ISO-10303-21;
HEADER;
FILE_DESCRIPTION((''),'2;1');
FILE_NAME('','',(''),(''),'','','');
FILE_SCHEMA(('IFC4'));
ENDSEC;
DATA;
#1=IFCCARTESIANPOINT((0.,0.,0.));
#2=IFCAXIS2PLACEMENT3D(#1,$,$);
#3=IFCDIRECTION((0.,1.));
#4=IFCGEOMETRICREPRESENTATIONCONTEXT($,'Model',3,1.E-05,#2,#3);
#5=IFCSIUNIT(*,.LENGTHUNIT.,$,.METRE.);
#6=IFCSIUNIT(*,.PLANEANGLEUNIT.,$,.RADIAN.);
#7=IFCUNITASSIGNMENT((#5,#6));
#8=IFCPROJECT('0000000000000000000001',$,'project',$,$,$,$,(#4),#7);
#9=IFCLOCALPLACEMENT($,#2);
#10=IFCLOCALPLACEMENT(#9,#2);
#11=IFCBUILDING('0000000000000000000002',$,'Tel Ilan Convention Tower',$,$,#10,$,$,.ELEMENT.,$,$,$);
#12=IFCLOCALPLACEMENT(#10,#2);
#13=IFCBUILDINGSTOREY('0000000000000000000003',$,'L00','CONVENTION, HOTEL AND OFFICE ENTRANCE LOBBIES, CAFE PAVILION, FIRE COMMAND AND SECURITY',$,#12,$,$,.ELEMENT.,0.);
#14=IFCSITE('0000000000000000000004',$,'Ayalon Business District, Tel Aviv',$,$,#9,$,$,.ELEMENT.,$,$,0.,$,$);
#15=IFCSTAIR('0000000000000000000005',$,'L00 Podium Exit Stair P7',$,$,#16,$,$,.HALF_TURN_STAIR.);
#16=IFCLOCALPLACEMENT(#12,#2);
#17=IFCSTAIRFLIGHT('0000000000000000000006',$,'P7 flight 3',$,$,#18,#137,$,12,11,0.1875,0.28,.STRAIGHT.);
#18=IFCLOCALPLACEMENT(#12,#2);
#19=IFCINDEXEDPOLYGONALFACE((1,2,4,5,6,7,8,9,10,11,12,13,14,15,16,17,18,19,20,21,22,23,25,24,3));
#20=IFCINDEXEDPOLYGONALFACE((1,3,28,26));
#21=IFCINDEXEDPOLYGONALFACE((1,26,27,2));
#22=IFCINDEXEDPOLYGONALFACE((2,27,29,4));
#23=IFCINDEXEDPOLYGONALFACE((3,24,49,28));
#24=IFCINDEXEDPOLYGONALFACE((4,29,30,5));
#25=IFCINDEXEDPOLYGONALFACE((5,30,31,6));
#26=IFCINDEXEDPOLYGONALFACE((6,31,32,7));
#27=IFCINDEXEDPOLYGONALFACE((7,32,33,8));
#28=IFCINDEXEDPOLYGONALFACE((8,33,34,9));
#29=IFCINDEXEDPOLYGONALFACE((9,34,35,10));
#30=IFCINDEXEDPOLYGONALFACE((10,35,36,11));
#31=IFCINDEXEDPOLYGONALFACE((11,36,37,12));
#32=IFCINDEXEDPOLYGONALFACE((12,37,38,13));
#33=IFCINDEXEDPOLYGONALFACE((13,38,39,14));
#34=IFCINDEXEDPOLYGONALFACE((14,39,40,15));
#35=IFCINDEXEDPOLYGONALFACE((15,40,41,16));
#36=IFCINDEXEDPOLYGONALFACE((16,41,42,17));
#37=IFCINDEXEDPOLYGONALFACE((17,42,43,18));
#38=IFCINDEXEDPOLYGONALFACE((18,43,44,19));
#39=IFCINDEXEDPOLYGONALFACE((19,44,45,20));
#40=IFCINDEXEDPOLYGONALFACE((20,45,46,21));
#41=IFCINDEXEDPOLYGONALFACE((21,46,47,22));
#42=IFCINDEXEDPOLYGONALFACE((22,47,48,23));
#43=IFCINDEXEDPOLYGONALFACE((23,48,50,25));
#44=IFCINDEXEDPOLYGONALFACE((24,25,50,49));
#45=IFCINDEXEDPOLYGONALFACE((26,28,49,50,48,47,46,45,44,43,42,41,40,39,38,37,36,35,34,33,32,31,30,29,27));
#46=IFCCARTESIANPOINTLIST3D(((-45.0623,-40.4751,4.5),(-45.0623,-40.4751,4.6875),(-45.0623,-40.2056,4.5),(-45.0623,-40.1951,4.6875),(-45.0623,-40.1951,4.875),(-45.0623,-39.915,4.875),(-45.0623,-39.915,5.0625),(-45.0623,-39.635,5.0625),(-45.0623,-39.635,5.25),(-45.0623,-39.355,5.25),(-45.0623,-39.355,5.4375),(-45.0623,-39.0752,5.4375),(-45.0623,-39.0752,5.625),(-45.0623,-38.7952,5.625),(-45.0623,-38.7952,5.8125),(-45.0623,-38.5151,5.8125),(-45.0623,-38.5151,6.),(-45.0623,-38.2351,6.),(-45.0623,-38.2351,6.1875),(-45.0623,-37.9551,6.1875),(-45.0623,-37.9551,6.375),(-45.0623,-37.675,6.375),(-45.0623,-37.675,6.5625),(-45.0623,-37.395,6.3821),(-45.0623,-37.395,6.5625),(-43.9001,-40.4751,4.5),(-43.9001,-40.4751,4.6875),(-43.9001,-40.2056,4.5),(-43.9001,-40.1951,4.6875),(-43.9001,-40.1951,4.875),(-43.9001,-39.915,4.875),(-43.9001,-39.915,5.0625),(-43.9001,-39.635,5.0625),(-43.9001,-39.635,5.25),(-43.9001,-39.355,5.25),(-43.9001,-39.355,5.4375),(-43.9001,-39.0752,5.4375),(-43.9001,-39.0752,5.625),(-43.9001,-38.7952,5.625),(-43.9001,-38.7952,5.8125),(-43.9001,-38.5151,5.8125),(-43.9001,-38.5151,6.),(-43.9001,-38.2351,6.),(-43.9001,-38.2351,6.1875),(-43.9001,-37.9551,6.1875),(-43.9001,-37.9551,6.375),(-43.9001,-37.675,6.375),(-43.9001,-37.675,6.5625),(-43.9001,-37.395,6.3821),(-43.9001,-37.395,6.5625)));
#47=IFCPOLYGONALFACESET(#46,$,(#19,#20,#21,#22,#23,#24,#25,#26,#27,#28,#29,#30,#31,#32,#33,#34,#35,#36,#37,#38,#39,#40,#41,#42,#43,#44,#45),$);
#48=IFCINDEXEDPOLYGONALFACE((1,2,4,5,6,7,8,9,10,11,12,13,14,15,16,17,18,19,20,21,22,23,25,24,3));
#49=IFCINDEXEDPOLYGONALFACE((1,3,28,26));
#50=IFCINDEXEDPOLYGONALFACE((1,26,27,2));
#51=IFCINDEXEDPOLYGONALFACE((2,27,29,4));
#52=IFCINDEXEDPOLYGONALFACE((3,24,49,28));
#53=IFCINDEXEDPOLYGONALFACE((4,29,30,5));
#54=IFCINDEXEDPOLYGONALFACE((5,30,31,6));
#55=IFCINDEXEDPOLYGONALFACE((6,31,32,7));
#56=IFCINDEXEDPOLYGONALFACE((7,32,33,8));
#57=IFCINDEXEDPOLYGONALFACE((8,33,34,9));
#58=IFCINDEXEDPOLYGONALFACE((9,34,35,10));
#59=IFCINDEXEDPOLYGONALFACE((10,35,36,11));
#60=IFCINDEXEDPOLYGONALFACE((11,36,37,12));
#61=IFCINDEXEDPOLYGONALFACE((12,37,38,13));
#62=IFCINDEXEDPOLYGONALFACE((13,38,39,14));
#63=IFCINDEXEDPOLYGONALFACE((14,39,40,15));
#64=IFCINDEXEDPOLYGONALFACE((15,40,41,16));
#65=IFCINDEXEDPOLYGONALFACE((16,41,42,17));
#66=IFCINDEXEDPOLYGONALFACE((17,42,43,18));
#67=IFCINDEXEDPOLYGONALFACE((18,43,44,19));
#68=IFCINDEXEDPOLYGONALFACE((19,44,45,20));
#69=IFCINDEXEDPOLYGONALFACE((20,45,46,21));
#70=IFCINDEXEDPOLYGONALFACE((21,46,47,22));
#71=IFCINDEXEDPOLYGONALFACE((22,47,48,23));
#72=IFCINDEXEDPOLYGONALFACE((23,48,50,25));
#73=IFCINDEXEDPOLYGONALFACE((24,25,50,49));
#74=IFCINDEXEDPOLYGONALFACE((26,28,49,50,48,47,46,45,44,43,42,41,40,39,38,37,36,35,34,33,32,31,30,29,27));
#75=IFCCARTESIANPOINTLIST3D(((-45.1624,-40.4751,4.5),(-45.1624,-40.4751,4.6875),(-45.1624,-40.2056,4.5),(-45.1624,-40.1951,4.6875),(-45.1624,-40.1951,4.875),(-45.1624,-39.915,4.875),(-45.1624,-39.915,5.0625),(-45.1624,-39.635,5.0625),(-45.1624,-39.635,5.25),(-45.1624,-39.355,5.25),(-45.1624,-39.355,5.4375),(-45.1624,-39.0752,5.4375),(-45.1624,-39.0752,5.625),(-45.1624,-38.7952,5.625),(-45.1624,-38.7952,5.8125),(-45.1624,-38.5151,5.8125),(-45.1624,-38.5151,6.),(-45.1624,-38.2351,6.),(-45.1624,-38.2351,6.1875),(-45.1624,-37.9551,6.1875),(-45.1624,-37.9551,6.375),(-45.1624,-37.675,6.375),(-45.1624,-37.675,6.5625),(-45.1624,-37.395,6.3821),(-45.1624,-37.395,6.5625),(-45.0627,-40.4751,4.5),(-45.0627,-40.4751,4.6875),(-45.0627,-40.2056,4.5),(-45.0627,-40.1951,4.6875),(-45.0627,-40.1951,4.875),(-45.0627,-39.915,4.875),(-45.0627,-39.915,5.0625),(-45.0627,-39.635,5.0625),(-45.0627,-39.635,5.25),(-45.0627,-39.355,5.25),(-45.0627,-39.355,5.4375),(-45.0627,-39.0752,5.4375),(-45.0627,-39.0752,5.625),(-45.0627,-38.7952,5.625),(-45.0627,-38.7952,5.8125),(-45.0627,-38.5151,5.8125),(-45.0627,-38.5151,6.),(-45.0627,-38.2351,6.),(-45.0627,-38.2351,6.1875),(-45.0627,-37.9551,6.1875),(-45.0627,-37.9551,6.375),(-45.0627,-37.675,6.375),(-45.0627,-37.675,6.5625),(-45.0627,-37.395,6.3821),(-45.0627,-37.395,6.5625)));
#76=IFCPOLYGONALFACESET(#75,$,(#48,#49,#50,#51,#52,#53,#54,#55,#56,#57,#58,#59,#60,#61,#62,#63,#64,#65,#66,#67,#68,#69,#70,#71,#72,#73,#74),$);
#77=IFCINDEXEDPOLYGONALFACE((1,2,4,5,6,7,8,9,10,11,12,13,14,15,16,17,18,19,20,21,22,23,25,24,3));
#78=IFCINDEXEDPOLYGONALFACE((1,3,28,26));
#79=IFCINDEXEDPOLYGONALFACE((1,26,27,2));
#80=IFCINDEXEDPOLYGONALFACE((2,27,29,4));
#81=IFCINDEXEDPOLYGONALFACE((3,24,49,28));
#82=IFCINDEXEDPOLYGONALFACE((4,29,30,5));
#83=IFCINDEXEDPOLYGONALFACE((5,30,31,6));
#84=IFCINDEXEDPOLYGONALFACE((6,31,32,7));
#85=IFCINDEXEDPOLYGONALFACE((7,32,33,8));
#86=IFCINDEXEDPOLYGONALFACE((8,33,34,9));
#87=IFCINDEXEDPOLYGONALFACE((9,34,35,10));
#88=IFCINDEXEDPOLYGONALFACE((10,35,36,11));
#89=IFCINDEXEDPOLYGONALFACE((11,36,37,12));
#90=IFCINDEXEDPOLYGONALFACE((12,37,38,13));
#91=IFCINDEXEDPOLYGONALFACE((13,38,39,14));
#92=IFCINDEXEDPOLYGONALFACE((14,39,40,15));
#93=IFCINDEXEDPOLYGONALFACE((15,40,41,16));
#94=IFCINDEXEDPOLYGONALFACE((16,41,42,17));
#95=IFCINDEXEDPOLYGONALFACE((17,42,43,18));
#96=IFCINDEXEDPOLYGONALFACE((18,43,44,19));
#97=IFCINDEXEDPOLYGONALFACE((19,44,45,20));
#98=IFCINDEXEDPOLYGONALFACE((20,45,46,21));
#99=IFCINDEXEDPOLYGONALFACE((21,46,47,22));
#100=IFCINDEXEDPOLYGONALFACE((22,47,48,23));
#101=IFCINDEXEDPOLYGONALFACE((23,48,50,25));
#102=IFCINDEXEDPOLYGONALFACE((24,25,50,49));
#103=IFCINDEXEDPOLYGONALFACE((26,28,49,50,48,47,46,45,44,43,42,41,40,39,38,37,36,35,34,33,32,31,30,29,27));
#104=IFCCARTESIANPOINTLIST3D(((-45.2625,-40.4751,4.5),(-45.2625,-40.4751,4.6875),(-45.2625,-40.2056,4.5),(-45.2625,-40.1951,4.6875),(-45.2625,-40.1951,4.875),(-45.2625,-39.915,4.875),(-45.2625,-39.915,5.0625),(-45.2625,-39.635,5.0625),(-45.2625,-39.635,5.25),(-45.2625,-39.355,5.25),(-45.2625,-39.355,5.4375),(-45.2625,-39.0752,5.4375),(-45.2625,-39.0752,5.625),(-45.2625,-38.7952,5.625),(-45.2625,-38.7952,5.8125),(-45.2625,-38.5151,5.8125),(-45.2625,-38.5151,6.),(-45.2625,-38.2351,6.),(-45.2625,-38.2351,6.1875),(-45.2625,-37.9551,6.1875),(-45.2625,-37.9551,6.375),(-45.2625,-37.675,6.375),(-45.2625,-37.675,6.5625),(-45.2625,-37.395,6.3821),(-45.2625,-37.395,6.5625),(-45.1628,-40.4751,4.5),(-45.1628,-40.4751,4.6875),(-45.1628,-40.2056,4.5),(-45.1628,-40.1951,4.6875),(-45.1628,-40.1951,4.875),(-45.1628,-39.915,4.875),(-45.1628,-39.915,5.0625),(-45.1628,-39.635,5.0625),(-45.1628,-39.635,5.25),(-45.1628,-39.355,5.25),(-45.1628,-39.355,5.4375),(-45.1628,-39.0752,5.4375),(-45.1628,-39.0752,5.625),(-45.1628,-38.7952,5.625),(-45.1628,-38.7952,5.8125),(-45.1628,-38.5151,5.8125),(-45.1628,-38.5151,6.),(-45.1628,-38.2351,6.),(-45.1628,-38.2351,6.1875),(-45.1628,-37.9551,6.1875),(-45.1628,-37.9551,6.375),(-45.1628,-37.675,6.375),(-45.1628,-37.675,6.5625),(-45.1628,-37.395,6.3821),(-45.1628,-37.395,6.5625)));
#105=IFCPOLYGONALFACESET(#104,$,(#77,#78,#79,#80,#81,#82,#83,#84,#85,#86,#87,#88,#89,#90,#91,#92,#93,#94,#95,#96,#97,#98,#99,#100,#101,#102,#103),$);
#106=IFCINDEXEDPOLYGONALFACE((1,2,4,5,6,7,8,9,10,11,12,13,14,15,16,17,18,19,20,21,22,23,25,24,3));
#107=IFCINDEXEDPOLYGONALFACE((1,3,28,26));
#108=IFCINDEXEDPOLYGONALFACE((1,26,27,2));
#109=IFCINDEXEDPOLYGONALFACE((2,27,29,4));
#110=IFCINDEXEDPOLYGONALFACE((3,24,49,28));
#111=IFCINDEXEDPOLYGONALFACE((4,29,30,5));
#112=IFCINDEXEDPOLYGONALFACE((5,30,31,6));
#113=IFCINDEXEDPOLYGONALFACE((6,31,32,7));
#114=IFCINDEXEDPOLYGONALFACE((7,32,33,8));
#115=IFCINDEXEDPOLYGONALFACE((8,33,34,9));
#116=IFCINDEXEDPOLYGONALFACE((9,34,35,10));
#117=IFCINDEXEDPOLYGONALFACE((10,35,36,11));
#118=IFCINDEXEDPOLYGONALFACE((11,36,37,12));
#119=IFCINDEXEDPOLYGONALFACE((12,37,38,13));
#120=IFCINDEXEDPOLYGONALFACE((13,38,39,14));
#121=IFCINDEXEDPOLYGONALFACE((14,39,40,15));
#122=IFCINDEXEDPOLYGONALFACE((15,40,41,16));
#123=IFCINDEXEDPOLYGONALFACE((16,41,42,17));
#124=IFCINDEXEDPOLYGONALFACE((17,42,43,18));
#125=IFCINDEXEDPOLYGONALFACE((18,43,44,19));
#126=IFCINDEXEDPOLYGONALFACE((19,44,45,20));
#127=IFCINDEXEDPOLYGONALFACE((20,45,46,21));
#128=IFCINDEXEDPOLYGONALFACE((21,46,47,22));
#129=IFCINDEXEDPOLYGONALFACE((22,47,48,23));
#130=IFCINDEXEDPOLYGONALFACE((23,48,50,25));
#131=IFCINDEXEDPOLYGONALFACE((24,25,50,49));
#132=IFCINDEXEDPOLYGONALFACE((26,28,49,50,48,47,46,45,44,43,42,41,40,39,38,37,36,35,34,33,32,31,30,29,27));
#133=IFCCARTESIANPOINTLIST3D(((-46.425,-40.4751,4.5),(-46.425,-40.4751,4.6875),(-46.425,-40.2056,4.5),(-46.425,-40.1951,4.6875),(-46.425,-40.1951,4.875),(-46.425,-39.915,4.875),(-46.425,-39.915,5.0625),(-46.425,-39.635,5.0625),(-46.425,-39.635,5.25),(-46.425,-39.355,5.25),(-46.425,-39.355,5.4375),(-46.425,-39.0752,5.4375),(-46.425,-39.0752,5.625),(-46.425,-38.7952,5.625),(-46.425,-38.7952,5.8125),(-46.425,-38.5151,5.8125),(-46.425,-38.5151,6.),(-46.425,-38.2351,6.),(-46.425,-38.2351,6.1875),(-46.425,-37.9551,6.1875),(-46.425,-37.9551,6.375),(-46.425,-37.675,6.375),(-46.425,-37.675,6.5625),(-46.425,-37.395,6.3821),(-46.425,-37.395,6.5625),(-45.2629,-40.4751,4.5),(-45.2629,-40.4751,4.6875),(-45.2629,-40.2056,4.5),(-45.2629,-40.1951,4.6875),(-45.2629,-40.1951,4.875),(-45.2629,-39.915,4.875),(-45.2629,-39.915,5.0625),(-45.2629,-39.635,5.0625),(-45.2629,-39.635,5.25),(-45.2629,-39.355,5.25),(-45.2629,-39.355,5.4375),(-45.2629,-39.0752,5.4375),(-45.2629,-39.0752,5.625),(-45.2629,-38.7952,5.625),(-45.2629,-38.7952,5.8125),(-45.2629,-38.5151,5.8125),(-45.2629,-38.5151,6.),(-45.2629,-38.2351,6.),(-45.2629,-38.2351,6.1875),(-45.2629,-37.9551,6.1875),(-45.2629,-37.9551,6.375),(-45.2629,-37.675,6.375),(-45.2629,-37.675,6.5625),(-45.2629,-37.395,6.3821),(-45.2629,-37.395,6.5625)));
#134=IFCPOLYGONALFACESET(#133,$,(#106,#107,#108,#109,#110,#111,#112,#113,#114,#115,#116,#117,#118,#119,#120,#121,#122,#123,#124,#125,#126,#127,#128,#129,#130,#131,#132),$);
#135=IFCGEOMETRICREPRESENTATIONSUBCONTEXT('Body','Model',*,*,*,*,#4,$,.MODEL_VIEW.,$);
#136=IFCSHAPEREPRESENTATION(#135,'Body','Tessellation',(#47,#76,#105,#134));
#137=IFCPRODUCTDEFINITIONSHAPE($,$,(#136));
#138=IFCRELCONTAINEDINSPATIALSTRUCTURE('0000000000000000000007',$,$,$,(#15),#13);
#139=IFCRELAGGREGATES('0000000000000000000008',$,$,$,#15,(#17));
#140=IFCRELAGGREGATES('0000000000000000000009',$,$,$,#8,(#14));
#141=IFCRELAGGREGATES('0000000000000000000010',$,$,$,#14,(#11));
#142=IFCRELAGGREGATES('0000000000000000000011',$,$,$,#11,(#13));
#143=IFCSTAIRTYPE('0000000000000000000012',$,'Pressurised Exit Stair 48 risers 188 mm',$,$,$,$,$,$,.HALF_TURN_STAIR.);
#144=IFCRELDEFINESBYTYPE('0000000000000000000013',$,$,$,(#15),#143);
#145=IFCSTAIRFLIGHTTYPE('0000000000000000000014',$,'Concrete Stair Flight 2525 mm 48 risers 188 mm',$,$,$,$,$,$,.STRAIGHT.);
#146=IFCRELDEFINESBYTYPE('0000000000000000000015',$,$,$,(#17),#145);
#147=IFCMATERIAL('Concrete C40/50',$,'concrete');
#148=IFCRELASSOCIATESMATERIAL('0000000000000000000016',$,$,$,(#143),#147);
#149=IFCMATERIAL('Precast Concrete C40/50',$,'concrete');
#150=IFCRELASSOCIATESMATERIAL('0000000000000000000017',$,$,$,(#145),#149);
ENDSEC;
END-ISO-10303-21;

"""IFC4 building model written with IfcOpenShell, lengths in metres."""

from ifc_helpers import new_model, si_unit, direction, frame, origin, place, context, subcontext, project, spatial, polyline, outline, extrude, material, type_object, element, aggregate, save


model = new_model("IFC4")

# Units and contexts
model_context = context("Model", 3, precision=1e-05, world=origin(), true_north=direction((0.0, 1.0)))
body_context = subcontext(model_context, "Body", "Model", "MODEL_VIEW")
ifc_project = project(units=[si_unit("LENGTHUNIT", "METRE"), si_unit("PLANEANGLEUNIT", "RADIAN")], contexts=[model_context])

# Site, building, storey
site_placement = place(None, origin())
site = spatial("IfcSite", under=ifc_project, at=site_placement, Name="Ayalon Business District, Tel Aviv", CompositionType="ELEMENT", RefElevation=0.0)
building_placement = place(site_placement, origin())
building = spatial("IfcBuilding", under=site, at=building_placement, Name="Tel Ilan Convention Tower", CompositionType="ELEMENT")
storey_placement = place(building_placement, origin())
storey = spatial("IfcBuildingStorey", under=building, at=storey_placement, Name="L00", Description="CONVENTION, HOTEL AND OFFICE ENTRANCE LOBBIES, CAFE PAVILION, FIRE COMMAND AND SECURITY", CompositionType="ELEMENT", Elevation=0.0)

# Stair, stair flight
ifc_material_1 = material(Name="Concrete C40/50", Category="concrete")
stair_type = type_object("IfcStairType", Name="Pressurised Exit Stair 48 risers 188 mm", PredefinedType="HALF_TURN_STAIR", material=ifc_material_1)
stair_placement = place(storey_placement, origin())
stair = element("IfcStair", 1, at=stair_placement, inside=storey, type_object=stair_type, Name="L00 Podium Exit Stair P7", PredefinedType="HALF_TURN_STAIR")
ifc_material_2 = material(Name="Precast Concrete C40/50", Category="concrete")
stair_flight_type = type_object("IfcStairFlightType", Name="Concrete Stair Flight 2525 mm 48 risers 188 mm", PredefinedType="STRAIGHT", material=ifc_material_2)
stair_flight_1_placement = place(storey_placement, frame((-45.1626, -40.4751, 4.5), z_axis=(0.0, 0.0, 1.0), x_axis=(0.0, 1.0, 0.0)))
stair_flight_1 = element("IfcStairFlight", 2, at=stair_flight_1_placement, type_object=stair_flight_type, Name="P7 flight 3", NumberOfRisers=12, NumberOfTreads=11, PredefinedType="STRAIGHT", RiserHeight=0.1875, TreadLength=0.28, context=body_context, shape_type="SweptSolid", body=[
    extrude(outline(polyline([(0.0, 0.0), (0.0, 0.1875), (0.28, 0.1875), (0.28, 0.375), (0.5601, 0.375), (0.5601, 0.5625), (0.8401, 0.5625), (0.8401, 0.75), (1.1201, 0.75), (1.1201, 0.9375), (1.3999, 0.9375), (1.3999, 1.125), (1.6799, 1.125), (1.6799, 1.3125), (1.96, 1.3125), (1.96, 1.5), (2.24, 1.5), (2.24, 1.6875), (2.52, 1.6875), (2.52, 1.875), (2.8, 1.875), (2.8, 2.0625), (3.0801, 2.0625), (3.0801, 2.25), (3.0801, 1.8821), (0.2695, 0.0), (0.0, 0.0)])), frame((0.0, -0.1003, 0.0), z_axis=(0.0, -1.0, 0.0), x_axis=(1.0, 0.0, 0.0)), (0.0, 0.0, 1.0), 1.1621),
    extrude(outline(polyline([(0.0, 0.0), (0.0, 0.1875), (0.28, 0.1875), (0.28, 0.375), (0.5601, 0.375), (0.5601, 0.5625), (0.8401, 0.5625), (0.8401, 0.75), (1.1201, 0.75), (1.1201, 0.9375), (1.3999, 0.9375), (1.3999, 1.125), (1.6799, 1.125), (1.6799, 1.3125), (1.96, 1.3125), (1.96, 1.5), (2.24, 1.5), (2.24, 1.6875), (2.52, 1.6875), (2.52, 1.875), (2.8, 1.875), (2.8, 2.0625), (3.0801, 2.0625), (3.0801, 2.25), (3.0801, 1.8821), (0.2695, 0.0), (0.0, 0.0)])), frame((0.0, -0.0002, 0.0), z_axis=(0.0, -1.0, 0.0), x_axis=(1.0, 0.0, 0.0)), (0.0, 0.0, 1.0), 0.0996),
    extrude(outline(polyline([(0.0, 0.0), (0.0, 0.1875), (0.28, 0.1875), (0.28, 0.375), (0.5601, 0.375), (0.5601, 0.5625), (0.8401, 0.5625), (0.8401, 0.75), (1.1201, 0.75), (1.1201, 0.9375), (1.3999, 0.9375), (1.3999, 1.125), (1.6799, 1.125), (1.6799, 1.3125), (1.96, 1.3125), (1.96, 1.5), (2.24, 1.5), (2.24, 1.6875), (2.52, 1.6875), (2.52, 1.875), (2.8, 1.875), (2.8, 2.0625), (3.0801, 2.0625), (3.0801, 2.25), (3.0801, 1.8821), (0.2695, 0.0), (0.0, 0.0)])), frame((0.0, 0.0999, 0.0), z_axis=(0.0, -1.0, 0.0), x_axis=(1.0, 0.0, 0.0)), (0.0, 0.0, 1.0), 0.0996),
    extrude(outline(polyline([(0.0, 0.0), (0.0, 0.1875), (0.28, 0.1875), (0.28, 0.375), (0.5601, 0.375), (0.5601, 0.5625), (0.8401, 0.5625), (0.8401, 0.75), (1.1201, 0.75), (1.1201, 0.9375), (1.3999, 0.9375), (1.3999, 1.125), (1.6799, 1.125), (1.6799, 1.3125), (1.96, 1.3125), (1.96, 1.5), (2.24, 1.5), (2.24, 1.6875), (2.52, 1.6875), (2.52, 1.875), (2.8, 1.875), (2.8, 2.0625), (3.0801, 2.0625), (3.0801, 2.25), (3.0801, 1.8821), (0.2695, 0.0), (0.0, 0.0)])), frame((0.0, 1.2625, 0.0), z_axis=(0.0, -1.0, 0.0), x_axis=(1.0, 0.0, 0.0)), (0.0, 0.0, 1.0), 1.1621),
])
aggregate(stair, [stair_flight_1])

save(model, "model.ifc")
